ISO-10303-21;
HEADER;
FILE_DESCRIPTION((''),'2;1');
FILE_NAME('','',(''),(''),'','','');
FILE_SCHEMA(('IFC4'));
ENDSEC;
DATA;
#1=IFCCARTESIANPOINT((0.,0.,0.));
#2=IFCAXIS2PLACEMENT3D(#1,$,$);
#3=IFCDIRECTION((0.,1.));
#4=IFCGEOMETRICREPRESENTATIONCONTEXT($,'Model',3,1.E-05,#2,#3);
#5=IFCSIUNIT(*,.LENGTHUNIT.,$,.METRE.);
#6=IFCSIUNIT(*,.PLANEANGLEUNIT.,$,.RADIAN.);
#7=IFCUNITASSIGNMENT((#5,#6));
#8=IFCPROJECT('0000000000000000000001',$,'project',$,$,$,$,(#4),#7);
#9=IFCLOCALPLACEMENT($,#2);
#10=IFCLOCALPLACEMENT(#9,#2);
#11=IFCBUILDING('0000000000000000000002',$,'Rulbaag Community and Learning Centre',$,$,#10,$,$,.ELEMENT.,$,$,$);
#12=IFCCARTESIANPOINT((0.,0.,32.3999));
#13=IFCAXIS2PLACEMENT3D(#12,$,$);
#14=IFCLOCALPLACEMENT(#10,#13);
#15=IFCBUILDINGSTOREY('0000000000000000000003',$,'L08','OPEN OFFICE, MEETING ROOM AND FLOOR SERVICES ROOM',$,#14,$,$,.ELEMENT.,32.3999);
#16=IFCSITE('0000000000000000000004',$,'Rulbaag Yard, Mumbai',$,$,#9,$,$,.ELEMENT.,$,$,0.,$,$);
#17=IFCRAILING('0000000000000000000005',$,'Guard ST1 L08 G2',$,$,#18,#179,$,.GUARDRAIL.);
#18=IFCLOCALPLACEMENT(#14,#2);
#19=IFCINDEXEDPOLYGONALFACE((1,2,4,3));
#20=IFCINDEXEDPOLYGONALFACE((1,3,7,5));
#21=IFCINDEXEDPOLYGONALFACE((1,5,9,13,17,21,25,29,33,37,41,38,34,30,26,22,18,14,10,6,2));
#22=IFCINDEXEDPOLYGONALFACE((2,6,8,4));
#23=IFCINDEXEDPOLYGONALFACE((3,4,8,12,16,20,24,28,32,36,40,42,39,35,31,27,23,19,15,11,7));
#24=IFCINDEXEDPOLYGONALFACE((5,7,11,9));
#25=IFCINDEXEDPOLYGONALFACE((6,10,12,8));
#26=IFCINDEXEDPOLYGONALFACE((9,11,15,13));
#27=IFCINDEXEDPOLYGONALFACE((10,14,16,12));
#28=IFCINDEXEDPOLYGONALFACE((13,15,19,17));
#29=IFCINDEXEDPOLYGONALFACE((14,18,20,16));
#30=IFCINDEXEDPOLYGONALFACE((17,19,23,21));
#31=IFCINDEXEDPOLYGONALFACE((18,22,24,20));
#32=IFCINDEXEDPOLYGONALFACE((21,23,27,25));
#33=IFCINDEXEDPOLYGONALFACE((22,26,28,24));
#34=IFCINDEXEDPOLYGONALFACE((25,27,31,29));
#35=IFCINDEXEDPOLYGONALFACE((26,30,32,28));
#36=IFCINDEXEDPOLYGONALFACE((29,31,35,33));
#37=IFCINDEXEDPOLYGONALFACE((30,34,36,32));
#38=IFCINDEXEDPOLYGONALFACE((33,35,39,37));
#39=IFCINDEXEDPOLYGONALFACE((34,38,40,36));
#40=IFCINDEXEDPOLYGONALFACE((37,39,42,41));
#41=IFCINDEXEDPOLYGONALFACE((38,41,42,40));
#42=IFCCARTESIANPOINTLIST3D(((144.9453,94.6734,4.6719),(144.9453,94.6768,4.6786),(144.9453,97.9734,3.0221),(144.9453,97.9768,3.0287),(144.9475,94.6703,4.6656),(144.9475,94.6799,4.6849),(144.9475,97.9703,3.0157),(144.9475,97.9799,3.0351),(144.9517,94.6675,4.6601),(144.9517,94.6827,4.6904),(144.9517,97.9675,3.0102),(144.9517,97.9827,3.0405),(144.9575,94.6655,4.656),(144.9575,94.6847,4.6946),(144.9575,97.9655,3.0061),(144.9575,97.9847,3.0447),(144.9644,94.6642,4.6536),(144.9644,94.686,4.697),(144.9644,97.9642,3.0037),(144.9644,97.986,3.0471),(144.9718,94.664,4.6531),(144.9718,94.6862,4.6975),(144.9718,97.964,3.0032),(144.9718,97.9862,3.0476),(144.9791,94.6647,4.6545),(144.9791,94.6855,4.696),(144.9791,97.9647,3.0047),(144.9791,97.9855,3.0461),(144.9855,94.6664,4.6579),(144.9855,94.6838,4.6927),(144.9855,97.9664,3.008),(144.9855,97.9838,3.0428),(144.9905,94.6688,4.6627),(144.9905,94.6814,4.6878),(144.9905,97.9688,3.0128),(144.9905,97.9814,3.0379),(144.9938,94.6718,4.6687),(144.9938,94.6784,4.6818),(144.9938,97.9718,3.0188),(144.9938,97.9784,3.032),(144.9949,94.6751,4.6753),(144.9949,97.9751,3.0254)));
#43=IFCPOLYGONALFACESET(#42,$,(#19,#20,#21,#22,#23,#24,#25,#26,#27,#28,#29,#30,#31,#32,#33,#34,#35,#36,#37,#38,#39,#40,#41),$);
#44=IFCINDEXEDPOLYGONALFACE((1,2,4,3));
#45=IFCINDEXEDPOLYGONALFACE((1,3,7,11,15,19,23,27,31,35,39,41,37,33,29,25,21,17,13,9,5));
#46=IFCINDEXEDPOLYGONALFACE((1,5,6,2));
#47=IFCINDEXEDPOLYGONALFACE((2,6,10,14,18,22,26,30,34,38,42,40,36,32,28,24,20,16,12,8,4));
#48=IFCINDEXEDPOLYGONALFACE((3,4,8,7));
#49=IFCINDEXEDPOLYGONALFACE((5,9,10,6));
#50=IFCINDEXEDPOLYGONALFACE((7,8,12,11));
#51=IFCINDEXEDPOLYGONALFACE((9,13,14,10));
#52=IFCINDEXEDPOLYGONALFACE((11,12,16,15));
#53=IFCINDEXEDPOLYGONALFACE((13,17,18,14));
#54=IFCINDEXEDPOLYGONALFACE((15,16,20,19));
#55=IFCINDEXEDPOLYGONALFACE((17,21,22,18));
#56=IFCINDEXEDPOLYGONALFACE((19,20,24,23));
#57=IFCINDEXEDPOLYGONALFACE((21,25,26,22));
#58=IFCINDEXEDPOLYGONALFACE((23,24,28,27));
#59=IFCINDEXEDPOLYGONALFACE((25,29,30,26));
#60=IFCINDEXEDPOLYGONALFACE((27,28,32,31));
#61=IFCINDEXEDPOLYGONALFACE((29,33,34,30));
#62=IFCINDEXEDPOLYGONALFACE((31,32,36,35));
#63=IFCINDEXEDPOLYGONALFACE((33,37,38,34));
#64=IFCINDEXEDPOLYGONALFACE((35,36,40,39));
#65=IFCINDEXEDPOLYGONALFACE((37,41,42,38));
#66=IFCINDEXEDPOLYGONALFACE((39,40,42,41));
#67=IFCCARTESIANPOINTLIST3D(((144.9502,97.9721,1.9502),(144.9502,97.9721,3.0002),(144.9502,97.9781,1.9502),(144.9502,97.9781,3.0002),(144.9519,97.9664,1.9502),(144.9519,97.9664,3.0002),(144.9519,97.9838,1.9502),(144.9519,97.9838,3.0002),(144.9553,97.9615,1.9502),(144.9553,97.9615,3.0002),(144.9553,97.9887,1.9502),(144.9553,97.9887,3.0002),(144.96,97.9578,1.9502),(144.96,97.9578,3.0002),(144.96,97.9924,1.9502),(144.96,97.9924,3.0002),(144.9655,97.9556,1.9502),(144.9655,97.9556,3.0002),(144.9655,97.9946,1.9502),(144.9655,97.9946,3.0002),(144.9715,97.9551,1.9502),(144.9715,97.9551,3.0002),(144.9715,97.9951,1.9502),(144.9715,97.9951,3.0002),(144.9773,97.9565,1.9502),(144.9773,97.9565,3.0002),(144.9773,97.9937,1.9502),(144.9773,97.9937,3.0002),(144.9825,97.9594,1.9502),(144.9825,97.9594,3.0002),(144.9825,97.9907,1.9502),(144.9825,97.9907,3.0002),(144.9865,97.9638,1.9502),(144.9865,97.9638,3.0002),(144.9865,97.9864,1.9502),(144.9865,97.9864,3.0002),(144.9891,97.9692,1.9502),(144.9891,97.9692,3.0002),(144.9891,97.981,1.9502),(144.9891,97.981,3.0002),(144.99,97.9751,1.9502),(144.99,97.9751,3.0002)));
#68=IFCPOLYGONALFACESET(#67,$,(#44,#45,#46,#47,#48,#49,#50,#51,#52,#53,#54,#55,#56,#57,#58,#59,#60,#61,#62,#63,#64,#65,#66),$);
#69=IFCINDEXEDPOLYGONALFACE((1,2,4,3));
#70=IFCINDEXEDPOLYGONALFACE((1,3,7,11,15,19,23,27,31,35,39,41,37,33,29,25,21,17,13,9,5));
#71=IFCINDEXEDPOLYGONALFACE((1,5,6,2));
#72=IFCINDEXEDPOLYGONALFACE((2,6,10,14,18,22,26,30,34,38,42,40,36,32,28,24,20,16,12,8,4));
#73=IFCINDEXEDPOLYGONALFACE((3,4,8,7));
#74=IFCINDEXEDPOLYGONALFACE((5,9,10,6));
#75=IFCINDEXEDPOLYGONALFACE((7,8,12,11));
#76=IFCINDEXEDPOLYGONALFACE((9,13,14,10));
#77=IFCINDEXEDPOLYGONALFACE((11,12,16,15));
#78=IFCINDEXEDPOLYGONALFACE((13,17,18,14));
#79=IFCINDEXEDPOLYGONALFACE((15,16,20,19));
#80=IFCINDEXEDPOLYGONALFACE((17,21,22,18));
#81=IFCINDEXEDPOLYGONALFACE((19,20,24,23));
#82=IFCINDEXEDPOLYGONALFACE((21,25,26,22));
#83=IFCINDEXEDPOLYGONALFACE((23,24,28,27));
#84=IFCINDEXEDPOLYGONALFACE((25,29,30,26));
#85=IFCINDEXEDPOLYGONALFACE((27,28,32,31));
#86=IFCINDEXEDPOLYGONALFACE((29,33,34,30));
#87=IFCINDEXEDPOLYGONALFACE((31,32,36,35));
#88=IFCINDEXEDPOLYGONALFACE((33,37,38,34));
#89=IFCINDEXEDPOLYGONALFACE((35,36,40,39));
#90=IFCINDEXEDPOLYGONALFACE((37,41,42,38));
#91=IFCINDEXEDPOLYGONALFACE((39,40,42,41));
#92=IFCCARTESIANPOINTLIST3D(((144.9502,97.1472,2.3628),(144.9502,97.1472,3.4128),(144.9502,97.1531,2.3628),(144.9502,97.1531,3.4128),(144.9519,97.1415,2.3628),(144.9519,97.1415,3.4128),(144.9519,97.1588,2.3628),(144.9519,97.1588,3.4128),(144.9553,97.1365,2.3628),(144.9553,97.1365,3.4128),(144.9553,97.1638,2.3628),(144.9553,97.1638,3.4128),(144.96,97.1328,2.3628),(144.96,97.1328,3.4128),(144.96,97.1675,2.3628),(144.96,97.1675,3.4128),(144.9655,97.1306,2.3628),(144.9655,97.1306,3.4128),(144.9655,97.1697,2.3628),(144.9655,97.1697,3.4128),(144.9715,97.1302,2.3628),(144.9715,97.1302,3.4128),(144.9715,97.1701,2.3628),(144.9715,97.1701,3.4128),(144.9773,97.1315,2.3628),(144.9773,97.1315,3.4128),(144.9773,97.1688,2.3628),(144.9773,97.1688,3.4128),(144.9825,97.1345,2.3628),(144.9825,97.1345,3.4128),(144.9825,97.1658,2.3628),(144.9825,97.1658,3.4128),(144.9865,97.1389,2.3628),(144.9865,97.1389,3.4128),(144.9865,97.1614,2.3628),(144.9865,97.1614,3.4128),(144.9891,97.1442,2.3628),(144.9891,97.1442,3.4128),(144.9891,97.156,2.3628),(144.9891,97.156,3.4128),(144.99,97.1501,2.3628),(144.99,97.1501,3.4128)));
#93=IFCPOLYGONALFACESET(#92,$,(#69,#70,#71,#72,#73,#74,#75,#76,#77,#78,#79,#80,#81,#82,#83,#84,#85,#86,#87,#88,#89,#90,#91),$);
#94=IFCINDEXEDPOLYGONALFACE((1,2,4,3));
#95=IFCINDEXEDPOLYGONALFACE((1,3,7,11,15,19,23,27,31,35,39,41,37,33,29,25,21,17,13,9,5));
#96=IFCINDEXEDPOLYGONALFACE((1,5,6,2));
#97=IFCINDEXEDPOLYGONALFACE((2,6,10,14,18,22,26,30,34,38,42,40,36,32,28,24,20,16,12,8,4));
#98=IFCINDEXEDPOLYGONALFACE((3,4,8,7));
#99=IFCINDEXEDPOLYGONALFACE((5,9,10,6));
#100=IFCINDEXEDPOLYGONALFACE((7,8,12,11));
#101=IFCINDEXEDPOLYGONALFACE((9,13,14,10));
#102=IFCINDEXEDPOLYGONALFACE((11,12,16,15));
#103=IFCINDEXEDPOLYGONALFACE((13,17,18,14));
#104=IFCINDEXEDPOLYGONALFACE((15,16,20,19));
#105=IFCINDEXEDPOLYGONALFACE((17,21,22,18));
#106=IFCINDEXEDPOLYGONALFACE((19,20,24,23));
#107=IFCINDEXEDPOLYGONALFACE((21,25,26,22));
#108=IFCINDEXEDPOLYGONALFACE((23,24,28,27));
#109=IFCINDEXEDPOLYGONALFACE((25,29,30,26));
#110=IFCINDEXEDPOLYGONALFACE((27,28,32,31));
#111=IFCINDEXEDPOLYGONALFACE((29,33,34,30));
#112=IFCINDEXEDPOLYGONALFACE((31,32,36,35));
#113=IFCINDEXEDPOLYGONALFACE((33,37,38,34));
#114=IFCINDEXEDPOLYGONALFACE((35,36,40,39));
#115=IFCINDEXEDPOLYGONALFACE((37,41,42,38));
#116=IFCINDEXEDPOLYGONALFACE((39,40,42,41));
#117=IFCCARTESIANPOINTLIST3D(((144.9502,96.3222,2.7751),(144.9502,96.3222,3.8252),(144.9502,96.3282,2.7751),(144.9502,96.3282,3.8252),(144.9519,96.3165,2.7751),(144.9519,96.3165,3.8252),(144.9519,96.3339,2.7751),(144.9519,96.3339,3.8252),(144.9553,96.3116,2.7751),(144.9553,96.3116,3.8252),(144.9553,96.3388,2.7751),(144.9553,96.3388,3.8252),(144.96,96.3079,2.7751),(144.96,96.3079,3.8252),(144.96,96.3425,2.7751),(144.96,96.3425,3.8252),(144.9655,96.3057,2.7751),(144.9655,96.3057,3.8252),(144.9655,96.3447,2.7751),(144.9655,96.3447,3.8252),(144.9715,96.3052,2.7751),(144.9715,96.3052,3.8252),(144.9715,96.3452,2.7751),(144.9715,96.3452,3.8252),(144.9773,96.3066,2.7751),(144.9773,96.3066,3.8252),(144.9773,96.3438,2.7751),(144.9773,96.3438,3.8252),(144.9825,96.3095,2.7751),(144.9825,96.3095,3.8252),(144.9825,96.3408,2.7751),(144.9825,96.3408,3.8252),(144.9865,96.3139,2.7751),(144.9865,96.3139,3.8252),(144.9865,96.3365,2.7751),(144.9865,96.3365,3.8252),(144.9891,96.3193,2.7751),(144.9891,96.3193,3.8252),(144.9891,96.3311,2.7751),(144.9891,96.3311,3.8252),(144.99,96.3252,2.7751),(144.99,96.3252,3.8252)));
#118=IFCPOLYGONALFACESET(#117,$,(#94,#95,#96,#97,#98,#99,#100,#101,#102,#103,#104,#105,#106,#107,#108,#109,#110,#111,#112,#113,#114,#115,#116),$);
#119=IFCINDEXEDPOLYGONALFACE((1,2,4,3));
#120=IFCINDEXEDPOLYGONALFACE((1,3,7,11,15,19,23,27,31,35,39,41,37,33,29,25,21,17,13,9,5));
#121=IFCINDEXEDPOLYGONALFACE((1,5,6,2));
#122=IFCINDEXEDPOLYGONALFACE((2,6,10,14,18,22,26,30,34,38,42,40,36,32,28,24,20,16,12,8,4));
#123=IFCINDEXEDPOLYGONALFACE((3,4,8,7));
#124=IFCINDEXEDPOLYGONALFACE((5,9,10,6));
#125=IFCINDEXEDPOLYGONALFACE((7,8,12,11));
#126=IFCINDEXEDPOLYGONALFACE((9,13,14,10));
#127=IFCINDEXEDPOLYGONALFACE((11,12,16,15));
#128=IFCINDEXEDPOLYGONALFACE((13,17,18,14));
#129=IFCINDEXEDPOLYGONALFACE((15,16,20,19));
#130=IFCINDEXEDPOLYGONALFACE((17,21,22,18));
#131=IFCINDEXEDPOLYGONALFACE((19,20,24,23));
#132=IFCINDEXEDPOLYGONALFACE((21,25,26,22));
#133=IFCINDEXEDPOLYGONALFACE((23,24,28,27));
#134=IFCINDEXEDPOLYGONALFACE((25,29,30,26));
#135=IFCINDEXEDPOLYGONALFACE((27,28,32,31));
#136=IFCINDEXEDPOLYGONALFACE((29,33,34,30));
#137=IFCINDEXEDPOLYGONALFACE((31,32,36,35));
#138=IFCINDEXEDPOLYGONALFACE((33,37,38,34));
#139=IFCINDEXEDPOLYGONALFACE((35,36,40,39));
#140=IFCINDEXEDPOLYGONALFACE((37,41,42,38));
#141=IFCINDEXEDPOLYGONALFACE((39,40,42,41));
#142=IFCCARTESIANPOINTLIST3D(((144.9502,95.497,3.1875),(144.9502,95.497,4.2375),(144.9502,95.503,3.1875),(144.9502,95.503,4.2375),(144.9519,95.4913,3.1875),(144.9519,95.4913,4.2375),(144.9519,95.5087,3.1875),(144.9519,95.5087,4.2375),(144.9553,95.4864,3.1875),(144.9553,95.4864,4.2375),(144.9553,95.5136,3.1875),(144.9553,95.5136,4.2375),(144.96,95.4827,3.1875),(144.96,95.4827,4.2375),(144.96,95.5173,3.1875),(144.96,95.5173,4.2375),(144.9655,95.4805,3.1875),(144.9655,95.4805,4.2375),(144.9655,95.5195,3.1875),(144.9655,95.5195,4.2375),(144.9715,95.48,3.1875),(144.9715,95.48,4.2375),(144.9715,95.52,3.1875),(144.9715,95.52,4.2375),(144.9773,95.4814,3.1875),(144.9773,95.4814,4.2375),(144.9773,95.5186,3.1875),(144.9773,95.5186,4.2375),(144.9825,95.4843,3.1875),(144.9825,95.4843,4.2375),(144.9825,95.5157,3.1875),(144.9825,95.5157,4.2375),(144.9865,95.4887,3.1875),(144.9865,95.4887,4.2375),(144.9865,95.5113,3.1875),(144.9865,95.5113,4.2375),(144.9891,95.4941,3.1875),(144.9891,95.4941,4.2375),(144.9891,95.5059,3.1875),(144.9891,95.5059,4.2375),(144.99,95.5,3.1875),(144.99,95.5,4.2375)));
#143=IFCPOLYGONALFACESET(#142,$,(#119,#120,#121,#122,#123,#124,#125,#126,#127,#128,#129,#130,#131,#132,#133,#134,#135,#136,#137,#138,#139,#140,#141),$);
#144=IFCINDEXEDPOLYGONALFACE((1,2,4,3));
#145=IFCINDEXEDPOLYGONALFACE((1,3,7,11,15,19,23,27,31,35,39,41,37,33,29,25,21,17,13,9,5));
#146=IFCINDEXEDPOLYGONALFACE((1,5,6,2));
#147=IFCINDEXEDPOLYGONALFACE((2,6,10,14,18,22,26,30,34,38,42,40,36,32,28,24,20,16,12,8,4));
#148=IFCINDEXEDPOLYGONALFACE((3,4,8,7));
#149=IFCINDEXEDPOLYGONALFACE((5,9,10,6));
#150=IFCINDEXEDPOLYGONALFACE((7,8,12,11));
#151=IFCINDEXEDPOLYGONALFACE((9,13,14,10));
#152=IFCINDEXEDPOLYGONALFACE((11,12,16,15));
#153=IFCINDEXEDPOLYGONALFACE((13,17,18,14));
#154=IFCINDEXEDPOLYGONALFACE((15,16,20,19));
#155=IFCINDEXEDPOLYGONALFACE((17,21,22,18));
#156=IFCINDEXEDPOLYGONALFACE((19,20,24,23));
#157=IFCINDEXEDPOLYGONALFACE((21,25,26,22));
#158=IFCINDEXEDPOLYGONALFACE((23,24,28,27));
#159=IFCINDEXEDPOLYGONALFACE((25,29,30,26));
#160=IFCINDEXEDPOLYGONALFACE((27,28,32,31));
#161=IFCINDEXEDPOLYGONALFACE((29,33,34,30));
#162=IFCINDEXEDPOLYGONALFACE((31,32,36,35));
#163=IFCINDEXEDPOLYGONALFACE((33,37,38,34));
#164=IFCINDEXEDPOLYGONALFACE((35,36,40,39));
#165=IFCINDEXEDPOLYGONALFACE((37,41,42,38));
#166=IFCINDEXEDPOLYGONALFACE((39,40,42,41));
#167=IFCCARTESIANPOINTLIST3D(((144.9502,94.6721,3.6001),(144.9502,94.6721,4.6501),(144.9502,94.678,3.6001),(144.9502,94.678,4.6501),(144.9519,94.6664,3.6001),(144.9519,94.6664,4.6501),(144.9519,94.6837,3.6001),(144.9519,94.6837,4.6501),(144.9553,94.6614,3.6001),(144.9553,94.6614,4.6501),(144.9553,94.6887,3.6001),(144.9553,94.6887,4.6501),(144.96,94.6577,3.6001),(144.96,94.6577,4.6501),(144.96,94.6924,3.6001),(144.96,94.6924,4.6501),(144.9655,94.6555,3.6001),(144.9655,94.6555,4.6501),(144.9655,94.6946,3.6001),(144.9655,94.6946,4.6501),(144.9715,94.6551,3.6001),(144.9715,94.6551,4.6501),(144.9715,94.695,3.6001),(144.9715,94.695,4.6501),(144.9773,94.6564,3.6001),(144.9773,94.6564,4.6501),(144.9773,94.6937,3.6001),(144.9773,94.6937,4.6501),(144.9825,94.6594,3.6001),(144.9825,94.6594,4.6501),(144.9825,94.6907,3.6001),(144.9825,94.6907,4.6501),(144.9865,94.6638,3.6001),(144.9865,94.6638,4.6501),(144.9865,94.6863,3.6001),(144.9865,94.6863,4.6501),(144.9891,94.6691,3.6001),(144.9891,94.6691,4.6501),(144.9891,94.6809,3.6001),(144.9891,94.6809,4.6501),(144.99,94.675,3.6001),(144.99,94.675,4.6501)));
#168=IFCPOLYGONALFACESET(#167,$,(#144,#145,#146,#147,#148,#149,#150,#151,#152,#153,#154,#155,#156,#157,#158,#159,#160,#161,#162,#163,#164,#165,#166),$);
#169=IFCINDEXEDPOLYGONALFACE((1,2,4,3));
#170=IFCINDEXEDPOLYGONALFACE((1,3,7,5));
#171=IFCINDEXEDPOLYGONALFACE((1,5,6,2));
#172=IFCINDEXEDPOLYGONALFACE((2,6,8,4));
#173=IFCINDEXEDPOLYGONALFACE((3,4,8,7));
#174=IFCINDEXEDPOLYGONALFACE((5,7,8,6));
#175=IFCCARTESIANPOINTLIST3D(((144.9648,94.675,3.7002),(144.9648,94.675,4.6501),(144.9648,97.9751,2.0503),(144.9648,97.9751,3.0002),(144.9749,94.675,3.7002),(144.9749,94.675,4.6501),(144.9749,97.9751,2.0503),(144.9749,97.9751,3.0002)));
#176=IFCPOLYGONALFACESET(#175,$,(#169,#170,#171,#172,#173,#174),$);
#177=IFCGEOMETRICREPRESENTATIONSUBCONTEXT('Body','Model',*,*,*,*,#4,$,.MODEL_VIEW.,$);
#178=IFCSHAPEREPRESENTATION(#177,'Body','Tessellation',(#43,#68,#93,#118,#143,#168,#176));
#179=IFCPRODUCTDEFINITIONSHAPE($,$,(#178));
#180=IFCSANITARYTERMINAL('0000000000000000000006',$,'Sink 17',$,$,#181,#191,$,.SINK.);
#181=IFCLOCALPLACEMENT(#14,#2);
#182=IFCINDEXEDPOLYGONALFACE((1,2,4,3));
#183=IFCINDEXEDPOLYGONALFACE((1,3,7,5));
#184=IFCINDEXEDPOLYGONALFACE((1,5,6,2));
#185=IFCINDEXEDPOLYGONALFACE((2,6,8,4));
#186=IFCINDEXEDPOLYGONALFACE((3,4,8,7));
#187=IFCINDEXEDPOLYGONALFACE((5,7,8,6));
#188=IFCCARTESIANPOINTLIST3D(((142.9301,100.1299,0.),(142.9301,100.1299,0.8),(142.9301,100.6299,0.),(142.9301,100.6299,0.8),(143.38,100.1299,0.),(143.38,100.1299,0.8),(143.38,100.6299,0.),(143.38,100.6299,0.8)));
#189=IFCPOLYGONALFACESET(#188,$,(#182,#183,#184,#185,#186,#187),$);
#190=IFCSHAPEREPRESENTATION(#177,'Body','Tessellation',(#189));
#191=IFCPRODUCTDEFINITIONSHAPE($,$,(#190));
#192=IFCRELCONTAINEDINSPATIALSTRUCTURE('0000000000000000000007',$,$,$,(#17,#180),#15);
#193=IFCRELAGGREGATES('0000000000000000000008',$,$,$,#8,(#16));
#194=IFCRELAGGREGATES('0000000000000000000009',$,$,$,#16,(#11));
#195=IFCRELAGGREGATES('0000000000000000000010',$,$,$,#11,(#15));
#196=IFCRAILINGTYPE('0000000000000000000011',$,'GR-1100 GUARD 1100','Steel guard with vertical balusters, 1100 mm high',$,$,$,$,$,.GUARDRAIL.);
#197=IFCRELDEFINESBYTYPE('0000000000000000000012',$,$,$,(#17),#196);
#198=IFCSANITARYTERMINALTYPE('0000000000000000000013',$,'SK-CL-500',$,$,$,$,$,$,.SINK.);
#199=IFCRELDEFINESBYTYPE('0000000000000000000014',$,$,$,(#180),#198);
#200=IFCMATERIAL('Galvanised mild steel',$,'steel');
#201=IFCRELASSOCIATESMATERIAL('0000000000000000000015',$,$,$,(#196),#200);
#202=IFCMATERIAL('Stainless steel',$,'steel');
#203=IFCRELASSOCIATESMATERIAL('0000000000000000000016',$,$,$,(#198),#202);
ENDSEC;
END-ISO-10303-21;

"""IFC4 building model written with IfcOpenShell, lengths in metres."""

from ifc_helpers import new_model, si_unit, direction, frame, origin, origin_2d, place, context, subcontext, project, spatial, polyline, rectangle, circle, outline, extrude, material, type_object, element, save


model = new_model("IFC4")

# Units and contexts
model_context = context("Model", 3, precision=1e-05, world=origin(), true_north=direction((0.0, 1.0)))
body_context = subcontext(model_context, "Body", "Model", "MODEL_VIEW")
ifc_project = project(units=[si_unit("LENGTHUNIT", "METRE"), si_unit("PLANEANGLEUNIT", "RADIAN")], contexts=[model_context])

# Site, building, storey
site_placement = place(None, origin())
site = spatial("IfcSite", under=ifc_project, at=site_placement, Name="Rulbaag Yard, Mumbai", CompositionType="ELEMENT", RefElevation=0.0)
building_placement = place(site_placement, origin())
building = spatial("IfcBuilding", under=site, at=building_placement, Name="Rulbaag Community and Learning Centre", CompositionType="ELEMENT")
storey_placement = place(building_placement, frame((0.0, 0.0, 32.3999)))
storey = spatial("IfcBuildingStorey", under=building, at=storey_placement, Name="L08", Description="OPEN OFFICE, MEETING ROOM AND FLOOR SERVICES ROOM", CompositionType="ELEMENT", Elevation=32.3999)

# Railing
ifc_material_1 = material(Name="Galvanised mild steel", Category="steel")
railing_type_1 = type_object("IfcRailingType", Name="GR-1100 GUARD 1100", Description="Steel guard with vertical balusters, 1100 mm high", PredefinedType="GUARDRAIL", material=ifc_material_1)
railing_1_placement = place(storey_placement, frame((144.97, 97.9751, 1.9502)))
element("IfcRailing", 1, at=railing_1_placement, inside=storey, type_object=railing_type_1, Name="Guard ST1 L08 G2", PredefinedType="GUARDRAIL", context=body_context, shape_type="SweptSolid", body=[
    extrude(circle(Radius=0.0249, at=origin_2d()), frame((0.0, 0.0, 1.0752), z_axis=(0.0, -0.89444, 0.447187), x_axis=(1.0, 0.0, 0.0)), (0.0, 0.0, 1.0), 3.6895),
    extrude(circle(Radius=0.02, at=origin_2d()), origin(), (0.0, 0.0, 1.0), 1.05),
    extrude(circle(Radius=0.02, at=origin_2d()), frame((0.0, -0.825, 0.4126)), (0.0, 0.0, 1.0), 1.05),
    extrude(circle(Radius=0.02, at=origin_2d()), frame((0.0, -1.6499, 0.825)), (0.0, 0.0, 1.0), 1.05),
    extrude(circle(Radius=0.02, at=origin_2d()), frame((0.0, -2.4751, 1.2373)), (0.0, 0.0, 1.0), 1.05),
    extrude(circle(Radius=0.02, at=origin_2d()), frame((0.0, -3.3, 1.6499)), (0.0, 0.0, 1.0), 1.05),
    extrude(outline(polyline([(0.0, 0.0), (3.3, 1.6499), (3.3, 2.5999), (0.0, 0.95), (0.0, 0.0)])), frame((0.0049, 0.0, 0.1001), z_axis=(-1.0, 0.0, 0.0), x_axis=(0.0, -1.0, 0.0)), (0.0, 0.0, 1.0), 0.01),
])

# Sanitary terminal
ifc_material_2 = material(Name="Stainless steel", Category="steel")
sanitary_terminal_type = type_object("IfcSanitaryTerminalType", Name="SK-CL-500", PredefinedType="SINK", material=ifc_material_2)
sanitary_terminal_placement = place(storey_placement, frame((143.155, 100.3799, 0.0), z_axis=(0.0, 0.0, 1.0), x_axis=(1.0, 0.0, 0.0)))
element("IfcSanitaryTerminal", 2, at=sanitary_terminal_placement, inside=storey, type_object=sanitary_terminal_type, Name="Sink 17", PredefinedType="SINK", context=body_context, shape_type="SweptSolid", body=[
    extrude(rectangle(XDim=0.45, YDim=0.5, at=origin_2d()), origin(), (0.0, 0.0, 1.0), 0.8),
])

save(model, "model.ifc")
